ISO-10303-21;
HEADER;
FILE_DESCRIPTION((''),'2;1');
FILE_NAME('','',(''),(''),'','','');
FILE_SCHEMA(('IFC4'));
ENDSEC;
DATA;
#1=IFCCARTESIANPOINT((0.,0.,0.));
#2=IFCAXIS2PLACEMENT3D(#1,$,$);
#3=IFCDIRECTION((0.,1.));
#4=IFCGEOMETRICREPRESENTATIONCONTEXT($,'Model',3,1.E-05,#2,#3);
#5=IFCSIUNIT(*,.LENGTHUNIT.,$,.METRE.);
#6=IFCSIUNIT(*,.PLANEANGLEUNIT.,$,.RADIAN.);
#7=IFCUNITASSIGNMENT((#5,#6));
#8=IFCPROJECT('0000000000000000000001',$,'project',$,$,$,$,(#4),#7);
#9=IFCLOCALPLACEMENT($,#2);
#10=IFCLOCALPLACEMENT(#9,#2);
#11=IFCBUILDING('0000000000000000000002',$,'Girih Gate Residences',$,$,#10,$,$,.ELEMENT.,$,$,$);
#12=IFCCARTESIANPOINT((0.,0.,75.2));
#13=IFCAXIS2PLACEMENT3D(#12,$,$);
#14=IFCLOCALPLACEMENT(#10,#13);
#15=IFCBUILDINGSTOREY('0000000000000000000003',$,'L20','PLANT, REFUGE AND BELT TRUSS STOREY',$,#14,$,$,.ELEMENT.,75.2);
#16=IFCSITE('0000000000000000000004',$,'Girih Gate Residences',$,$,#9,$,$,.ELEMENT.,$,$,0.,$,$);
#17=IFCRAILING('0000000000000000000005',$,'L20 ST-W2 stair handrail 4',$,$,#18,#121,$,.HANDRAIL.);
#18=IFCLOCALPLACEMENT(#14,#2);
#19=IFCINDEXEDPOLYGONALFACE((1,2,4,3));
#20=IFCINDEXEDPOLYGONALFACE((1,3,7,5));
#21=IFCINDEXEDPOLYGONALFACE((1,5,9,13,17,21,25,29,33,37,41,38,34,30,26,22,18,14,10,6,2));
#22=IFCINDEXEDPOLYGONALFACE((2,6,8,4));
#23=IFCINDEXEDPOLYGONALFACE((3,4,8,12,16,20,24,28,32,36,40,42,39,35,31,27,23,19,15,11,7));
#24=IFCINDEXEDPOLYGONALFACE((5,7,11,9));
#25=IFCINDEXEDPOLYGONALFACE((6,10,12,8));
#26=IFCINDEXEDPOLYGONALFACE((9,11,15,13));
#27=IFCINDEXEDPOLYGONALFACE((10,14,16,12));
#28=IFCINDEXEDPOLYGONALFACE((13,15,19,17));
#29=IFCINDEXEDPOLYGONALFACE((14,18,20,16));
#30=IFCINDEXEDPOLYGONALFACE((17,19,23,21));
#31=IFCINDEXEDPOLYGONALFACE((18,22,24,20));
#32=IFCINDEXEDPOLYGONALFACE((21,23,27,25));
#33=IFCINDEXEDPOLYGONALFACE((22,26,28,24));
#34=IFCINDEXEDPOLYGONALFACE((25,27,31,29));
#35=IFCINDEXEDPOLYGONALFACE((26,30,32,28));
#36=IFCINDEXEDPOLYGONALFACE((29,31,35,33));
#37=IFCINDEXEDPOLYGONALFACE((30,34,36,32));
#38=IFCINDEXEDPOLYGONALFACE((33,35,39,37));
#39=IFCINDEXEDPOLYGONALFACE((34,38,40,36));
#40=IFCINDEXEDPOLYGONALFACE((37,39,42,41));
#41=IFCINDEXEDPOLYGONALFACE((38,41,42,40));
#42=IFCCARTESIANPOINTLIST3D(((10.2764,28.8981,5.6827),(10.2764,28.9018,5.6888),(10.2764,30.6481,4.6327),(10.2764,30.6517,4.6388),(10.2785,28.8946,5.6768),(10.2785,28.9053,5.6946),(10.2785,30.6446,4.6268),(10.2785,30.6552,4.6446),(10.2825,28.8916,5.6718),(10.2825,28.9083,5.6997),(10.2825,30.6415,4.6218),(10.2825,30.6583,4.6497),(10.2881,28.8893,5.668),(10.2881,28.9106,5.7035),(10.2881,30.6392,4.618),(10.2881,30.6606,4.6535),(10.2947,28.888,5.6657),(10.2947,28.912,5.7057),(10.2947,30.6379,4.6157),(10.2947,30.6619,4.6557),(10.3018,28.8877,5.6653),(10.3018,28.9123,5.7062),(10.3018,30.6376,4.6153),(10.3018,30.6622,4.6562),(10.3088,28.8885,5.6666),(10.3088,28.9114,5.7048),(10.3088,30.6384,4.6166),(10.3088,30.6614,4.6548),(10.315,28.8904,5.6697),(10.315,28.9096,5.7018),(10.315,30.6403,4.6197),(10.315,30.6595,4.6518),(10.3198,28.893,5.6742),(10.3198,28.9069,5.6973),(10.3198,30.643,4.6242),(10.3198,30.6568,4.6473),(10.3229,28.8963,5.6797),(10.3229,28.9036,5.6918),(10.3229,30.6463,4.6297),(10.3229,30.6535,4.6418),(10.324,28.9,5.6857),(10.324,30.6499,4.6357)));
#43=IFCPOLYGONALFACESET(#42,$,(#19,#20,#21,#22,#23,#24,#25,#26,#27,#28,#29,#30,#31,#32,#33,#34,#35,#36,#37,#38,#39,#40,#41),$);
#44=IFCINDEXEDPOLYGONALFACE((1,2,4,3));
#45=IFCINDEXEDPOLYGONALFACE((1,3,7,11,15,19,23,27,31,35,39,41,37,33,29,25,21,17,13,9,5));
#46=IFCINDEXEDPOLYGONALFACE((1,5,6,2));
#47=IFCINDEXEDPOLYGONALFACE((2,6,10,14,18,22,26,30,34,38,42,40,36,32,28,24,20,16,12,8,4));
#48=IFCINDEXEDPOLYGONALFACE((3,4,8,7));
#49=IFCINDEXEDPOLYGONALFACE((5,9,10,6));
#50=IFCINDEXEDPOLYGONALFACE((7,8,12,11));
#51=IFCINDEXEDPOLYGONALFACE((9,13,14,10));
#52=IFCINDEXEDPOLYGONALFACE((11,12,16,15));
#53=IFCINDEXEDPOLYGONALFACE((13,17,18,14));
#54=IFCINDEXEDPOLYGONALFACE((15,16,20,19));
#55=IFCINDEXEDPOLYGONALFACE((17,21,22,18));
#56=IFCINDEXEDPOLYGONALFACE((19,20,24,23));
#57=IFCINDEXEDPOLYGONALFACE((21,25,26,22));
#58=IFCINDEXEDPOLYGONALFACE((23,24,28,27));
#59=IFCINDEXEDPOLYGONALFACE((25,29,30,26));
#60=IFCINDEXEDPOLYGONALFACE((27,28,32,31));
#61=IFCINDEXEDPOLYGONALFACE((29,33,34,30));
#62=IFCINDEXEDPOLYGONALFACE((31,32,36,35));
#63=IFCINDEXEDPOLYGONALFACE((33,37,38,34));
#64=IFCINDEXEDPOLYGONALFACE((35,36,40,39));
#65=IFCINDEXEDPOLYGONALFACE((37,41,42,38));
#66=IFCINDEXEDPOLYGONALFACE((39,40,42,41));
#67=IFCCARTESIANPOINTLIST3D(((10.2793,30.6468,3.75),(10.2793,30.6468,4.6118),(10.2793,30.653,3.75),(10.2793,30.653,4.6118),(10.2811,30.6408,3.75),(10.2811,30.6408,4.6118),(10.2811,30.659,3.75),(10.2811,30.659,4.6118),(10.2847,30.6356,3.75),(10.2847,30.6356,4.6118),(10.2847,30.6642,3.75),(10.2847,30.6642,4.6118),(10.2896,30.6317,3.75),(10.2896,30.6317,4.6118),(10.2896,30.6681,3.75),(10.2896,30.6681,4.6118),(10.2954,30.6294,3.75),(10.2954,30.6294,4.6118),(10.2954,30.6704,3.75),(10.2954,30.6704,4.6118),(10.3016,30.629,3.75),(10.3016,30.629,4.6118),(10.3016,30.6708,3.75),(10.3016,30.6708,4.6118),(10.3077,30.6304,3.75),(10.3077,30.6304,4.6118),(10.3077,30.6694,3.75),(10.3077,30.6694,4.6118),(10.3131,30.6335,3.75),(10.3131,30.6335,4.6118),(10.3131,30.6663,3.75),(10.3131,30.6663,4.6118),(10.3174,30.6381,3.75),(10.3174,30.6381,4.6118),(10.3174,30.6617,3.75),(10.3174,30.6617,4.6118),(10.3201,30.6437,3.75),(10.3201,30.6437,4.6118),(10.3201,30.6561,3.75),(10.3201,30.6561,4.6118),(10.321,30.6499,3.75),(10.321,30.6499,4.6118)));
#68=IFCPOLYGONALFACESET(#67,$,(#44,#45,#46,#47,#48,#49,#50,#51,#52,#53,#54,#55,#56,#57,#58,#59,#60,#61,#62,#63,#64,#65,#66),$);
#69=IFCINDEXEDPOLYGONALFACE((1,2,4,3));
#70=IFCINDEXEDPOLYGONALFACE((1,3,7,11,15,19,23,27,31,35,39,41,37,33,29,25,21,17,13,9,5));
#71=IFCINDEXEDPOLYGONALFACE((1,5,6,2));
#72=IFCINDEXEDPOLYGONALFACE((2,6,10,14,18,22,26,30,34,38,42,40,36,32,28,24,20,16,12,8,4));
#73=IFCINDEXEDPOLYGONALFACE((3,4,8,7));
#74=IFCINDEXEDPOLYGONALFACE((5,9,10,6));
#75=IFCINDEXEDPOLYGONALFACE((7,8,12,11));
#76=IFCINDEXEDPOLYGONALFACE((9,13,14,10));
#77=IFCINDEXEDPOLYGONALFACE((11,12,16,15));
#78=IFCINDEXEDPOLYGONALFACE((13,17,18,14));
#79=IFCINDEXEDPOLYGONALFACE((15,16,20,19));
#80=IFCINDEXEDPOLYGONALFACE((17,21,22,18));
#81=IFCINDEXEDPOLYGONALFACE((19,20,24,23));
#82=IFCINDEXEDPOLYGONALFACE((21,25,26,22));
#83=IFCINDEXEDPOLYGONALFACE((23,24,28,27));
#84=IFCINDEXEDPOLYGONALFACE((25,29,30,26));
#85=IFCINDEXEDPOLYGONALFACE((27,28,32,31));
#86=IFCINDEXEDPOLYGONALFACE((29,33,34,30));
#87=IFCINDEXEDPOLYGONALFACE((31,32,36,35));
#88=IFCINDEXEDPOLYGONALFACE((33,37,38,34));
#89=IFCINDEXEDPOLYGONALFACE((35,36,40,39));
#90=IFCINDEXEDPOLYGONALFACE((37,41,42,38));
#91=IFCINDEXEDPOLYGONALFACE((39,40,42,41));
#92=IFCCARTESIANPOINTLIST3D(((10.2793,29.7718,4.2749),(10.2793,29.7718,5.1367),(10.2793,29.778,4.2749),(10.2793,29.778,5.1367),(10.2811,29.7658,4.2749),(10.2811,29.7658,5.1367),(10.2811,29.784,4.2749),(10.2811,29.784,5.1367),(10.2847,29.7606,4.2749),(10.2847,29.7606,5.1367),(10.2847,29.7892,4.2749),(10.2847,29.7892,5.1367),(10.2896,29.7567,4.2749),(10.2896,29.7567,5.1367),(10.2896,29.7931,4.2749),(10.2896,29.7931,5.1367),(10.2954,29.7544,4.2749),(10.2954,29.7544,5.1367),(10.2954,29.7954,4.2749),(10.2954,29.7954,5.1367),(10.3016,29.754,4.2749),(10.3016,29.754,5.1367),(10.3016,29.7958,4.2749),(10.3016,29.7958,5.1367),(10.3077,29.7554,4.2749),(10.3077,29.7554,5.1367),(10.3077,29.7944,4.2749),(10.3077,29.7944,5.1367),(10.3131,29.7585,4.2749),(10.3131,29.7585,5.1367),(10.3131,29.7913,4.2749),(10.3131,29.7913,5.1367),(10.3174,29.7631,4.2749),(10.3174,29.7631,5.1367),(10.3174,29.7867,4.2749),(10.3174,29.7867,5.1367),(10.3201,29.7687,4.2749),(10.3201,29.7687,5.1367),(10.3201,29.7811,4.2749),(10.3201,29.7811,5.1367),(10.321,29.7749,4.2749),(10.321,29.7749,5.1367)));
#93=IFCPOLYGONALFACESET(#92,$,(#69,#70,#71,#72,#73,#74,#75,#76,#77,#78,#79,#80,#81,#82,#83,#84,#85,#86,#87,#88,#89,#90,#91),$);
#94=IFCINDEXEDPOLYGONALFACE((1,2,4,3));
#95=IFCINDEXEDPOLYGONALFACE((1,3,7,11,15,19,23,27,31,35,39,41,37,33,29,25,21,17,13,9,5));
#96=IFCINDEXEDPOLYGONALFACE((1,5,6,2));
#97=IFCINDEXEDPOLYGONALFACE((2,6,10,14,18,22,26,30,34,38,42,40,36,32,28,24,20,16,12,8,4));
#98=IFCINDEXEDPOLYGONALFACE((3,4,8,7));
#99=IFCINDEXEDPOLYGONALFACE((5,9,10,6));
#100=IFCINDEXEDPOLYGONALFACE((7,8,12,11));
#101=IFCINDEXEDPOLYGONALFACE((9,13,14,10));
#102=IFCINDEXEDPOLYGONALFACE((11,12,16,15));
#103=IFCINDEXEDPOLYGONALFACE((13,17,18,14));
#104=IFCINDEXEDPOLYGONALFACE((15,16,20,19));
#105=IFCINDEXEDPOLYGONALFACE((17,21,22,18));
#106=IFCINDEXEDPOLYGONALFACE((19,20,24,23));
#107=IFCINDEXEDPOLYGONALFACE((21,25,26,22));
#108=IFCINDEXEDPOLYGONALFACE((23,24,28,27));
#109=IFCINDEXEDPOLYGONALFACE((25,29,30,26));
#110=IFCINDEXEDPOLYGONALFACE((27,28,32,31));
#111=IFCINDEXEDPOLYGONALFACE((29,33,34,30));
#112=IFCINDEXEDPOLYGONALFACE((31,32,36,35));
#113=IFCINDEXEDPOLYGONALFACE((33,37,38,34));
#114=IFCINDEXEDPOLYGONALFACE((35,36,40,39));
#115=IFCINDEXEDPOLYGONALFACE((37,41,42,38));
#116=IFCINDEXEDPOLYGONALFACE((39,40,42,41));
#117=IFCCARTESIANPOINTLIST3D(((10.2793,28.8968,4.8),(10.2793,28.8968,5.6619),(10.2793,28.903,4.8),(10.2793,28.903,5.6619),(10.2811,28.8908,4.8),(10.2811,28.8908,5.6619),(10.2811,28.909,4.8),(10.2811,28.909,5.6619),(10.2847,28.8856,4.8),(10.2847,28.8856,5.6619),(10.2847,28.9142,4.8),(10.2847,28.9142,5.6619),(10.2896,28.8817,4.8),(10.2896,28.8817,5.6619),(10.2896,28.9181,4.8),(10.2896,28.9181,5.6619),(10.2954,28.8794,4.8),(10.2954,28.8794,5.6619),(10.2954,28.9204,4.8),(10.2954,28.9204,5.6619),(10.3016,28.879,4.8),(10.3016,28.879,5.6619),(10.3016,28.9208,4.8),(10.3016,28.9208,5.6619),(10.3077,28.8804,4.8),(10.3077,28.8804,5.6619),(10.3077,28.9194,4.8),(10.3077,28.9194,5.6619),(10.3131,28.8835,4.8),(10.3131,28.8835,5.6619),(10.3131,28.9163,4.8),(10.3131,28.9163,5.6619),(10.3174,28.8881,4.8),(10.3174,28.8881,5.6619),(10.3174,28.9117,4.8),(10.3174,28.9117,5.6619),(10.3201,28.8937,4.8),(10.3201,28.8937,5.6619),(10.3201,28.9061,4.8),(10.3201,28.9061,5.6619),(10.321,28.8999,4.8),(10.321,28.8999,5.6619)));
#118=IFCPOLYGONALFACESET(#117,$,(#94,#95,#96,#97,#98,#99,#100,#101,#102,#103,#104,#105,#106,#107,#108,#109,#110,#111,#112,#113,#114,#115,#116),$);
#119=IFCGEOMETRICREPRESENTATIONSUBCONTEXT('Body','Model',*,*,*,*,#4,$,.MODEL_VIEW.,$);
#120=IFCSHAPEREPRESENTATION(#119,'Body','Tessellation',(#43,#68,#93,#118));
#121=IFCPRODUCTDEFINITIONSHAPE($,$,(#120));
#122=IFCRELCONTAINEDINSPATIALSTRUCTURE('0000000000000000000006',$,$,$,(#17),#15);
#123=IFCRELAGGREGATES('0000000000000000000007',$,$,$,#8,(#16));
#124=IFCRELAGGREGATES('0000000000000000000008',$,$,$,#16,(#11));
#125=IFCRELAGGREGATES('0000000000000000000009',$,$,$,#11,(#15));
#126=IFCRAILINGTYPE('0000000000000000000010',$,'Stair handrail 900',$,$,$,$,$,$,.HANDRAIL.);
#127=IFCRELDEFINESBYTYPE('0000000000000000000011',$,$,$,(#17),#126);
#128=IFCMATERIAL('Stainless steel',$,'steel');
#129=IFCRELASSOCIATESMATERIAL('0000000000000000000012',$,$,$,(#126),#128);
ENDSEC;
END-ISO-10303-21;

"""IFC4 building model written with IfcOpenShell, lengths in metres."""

from ifc_helpers import new_model, si_unit, direction, frame, origin, origin_2d, place, context, subcontext, project, spatial, circle, extrude, material, type_object, element, save


model = new_model("IFC4")

# Units and contexts
model_context = context("Model", 3, precision=1e-05, world=origin(), true_north=direction((0.0, 1.0)))
body_context = subcontext(model_context, "Body", "Model", "MODEL_VIEW")
ifc_project = project(units=[si_unit("LENGTHUNIT", "METRE"), si_unit("PLANEANGLEUNIT", "RADIAN")], contexts=[model_context])

# Site, building, storey
site_placement = place(None, origin())
site = spatial("IfcSite", under=ifc_project, at=site_placement, Name="Girih Gate Residences", CompositionType="ELEMENT", RefElevation=0.0)
building_placement = place(site_placement, origin())
building = spatial("IfcBuilding", under=site, at=building_placement, Name="Girih Gate Residences", CompositionType="ELEMENT")
storey_placement = place(building_placement, frame((0.0, 0.0, 75.2)))
storey = spatial("IfcBuildingStorey", under=building, at=storey_placement, Name="L20", Description="PLANT, REFUGE AND BELT TRUSS STOREY", CompositionType="ELEMENT", Elevation=75.2)

# Railing
ifc_material_1 = material(Name="Stainless steel", Category="steel")
railing_type_1 = type_object("IfcRailingType", Name="Stair handrail 900", PredefinedType="HANDRAIL", material=ifc_material_1)
railing_1_placement = place(storey_placement, frame((10.3, 30.6499, 3.75)))
element("IfcRailing", 1, at=railing_1_placement, inside=storey, type_object=railing_type_1, Name="L20 ST-W2 stair handrail 4", PredefinedType="HANDRAIL", context=body_context, shape_type="SweptSolid", body=[
    extrude(circle(Radius=0.0239, at=origin_2d()), frame((0.0, 0.0, 0.8857), z_axis=(0.0, -0.857482, 0.514513), x_axis=(1.0, 0.0, 0.0)), (0.0, 0.0, 1.0), 2.0408),
    extrude(circle(Radius=0.021, at=origin_2d()), origin(), (0.0, 0.0, 1.0), 0.8618),
    extrude(circle(Radius=0.021, at=origin_2d()), frame((0.0, -0.875, 0.5249)), (0.0, 0.0, 1.0), 0.8618),
    extrude(circle(Radius=0.021, at=origin_2d()), frame((0.0, -1.75, 1.05)), (0.0, 0.0, 1.0), 0.8618),
])

save(model, "model.ifc")
